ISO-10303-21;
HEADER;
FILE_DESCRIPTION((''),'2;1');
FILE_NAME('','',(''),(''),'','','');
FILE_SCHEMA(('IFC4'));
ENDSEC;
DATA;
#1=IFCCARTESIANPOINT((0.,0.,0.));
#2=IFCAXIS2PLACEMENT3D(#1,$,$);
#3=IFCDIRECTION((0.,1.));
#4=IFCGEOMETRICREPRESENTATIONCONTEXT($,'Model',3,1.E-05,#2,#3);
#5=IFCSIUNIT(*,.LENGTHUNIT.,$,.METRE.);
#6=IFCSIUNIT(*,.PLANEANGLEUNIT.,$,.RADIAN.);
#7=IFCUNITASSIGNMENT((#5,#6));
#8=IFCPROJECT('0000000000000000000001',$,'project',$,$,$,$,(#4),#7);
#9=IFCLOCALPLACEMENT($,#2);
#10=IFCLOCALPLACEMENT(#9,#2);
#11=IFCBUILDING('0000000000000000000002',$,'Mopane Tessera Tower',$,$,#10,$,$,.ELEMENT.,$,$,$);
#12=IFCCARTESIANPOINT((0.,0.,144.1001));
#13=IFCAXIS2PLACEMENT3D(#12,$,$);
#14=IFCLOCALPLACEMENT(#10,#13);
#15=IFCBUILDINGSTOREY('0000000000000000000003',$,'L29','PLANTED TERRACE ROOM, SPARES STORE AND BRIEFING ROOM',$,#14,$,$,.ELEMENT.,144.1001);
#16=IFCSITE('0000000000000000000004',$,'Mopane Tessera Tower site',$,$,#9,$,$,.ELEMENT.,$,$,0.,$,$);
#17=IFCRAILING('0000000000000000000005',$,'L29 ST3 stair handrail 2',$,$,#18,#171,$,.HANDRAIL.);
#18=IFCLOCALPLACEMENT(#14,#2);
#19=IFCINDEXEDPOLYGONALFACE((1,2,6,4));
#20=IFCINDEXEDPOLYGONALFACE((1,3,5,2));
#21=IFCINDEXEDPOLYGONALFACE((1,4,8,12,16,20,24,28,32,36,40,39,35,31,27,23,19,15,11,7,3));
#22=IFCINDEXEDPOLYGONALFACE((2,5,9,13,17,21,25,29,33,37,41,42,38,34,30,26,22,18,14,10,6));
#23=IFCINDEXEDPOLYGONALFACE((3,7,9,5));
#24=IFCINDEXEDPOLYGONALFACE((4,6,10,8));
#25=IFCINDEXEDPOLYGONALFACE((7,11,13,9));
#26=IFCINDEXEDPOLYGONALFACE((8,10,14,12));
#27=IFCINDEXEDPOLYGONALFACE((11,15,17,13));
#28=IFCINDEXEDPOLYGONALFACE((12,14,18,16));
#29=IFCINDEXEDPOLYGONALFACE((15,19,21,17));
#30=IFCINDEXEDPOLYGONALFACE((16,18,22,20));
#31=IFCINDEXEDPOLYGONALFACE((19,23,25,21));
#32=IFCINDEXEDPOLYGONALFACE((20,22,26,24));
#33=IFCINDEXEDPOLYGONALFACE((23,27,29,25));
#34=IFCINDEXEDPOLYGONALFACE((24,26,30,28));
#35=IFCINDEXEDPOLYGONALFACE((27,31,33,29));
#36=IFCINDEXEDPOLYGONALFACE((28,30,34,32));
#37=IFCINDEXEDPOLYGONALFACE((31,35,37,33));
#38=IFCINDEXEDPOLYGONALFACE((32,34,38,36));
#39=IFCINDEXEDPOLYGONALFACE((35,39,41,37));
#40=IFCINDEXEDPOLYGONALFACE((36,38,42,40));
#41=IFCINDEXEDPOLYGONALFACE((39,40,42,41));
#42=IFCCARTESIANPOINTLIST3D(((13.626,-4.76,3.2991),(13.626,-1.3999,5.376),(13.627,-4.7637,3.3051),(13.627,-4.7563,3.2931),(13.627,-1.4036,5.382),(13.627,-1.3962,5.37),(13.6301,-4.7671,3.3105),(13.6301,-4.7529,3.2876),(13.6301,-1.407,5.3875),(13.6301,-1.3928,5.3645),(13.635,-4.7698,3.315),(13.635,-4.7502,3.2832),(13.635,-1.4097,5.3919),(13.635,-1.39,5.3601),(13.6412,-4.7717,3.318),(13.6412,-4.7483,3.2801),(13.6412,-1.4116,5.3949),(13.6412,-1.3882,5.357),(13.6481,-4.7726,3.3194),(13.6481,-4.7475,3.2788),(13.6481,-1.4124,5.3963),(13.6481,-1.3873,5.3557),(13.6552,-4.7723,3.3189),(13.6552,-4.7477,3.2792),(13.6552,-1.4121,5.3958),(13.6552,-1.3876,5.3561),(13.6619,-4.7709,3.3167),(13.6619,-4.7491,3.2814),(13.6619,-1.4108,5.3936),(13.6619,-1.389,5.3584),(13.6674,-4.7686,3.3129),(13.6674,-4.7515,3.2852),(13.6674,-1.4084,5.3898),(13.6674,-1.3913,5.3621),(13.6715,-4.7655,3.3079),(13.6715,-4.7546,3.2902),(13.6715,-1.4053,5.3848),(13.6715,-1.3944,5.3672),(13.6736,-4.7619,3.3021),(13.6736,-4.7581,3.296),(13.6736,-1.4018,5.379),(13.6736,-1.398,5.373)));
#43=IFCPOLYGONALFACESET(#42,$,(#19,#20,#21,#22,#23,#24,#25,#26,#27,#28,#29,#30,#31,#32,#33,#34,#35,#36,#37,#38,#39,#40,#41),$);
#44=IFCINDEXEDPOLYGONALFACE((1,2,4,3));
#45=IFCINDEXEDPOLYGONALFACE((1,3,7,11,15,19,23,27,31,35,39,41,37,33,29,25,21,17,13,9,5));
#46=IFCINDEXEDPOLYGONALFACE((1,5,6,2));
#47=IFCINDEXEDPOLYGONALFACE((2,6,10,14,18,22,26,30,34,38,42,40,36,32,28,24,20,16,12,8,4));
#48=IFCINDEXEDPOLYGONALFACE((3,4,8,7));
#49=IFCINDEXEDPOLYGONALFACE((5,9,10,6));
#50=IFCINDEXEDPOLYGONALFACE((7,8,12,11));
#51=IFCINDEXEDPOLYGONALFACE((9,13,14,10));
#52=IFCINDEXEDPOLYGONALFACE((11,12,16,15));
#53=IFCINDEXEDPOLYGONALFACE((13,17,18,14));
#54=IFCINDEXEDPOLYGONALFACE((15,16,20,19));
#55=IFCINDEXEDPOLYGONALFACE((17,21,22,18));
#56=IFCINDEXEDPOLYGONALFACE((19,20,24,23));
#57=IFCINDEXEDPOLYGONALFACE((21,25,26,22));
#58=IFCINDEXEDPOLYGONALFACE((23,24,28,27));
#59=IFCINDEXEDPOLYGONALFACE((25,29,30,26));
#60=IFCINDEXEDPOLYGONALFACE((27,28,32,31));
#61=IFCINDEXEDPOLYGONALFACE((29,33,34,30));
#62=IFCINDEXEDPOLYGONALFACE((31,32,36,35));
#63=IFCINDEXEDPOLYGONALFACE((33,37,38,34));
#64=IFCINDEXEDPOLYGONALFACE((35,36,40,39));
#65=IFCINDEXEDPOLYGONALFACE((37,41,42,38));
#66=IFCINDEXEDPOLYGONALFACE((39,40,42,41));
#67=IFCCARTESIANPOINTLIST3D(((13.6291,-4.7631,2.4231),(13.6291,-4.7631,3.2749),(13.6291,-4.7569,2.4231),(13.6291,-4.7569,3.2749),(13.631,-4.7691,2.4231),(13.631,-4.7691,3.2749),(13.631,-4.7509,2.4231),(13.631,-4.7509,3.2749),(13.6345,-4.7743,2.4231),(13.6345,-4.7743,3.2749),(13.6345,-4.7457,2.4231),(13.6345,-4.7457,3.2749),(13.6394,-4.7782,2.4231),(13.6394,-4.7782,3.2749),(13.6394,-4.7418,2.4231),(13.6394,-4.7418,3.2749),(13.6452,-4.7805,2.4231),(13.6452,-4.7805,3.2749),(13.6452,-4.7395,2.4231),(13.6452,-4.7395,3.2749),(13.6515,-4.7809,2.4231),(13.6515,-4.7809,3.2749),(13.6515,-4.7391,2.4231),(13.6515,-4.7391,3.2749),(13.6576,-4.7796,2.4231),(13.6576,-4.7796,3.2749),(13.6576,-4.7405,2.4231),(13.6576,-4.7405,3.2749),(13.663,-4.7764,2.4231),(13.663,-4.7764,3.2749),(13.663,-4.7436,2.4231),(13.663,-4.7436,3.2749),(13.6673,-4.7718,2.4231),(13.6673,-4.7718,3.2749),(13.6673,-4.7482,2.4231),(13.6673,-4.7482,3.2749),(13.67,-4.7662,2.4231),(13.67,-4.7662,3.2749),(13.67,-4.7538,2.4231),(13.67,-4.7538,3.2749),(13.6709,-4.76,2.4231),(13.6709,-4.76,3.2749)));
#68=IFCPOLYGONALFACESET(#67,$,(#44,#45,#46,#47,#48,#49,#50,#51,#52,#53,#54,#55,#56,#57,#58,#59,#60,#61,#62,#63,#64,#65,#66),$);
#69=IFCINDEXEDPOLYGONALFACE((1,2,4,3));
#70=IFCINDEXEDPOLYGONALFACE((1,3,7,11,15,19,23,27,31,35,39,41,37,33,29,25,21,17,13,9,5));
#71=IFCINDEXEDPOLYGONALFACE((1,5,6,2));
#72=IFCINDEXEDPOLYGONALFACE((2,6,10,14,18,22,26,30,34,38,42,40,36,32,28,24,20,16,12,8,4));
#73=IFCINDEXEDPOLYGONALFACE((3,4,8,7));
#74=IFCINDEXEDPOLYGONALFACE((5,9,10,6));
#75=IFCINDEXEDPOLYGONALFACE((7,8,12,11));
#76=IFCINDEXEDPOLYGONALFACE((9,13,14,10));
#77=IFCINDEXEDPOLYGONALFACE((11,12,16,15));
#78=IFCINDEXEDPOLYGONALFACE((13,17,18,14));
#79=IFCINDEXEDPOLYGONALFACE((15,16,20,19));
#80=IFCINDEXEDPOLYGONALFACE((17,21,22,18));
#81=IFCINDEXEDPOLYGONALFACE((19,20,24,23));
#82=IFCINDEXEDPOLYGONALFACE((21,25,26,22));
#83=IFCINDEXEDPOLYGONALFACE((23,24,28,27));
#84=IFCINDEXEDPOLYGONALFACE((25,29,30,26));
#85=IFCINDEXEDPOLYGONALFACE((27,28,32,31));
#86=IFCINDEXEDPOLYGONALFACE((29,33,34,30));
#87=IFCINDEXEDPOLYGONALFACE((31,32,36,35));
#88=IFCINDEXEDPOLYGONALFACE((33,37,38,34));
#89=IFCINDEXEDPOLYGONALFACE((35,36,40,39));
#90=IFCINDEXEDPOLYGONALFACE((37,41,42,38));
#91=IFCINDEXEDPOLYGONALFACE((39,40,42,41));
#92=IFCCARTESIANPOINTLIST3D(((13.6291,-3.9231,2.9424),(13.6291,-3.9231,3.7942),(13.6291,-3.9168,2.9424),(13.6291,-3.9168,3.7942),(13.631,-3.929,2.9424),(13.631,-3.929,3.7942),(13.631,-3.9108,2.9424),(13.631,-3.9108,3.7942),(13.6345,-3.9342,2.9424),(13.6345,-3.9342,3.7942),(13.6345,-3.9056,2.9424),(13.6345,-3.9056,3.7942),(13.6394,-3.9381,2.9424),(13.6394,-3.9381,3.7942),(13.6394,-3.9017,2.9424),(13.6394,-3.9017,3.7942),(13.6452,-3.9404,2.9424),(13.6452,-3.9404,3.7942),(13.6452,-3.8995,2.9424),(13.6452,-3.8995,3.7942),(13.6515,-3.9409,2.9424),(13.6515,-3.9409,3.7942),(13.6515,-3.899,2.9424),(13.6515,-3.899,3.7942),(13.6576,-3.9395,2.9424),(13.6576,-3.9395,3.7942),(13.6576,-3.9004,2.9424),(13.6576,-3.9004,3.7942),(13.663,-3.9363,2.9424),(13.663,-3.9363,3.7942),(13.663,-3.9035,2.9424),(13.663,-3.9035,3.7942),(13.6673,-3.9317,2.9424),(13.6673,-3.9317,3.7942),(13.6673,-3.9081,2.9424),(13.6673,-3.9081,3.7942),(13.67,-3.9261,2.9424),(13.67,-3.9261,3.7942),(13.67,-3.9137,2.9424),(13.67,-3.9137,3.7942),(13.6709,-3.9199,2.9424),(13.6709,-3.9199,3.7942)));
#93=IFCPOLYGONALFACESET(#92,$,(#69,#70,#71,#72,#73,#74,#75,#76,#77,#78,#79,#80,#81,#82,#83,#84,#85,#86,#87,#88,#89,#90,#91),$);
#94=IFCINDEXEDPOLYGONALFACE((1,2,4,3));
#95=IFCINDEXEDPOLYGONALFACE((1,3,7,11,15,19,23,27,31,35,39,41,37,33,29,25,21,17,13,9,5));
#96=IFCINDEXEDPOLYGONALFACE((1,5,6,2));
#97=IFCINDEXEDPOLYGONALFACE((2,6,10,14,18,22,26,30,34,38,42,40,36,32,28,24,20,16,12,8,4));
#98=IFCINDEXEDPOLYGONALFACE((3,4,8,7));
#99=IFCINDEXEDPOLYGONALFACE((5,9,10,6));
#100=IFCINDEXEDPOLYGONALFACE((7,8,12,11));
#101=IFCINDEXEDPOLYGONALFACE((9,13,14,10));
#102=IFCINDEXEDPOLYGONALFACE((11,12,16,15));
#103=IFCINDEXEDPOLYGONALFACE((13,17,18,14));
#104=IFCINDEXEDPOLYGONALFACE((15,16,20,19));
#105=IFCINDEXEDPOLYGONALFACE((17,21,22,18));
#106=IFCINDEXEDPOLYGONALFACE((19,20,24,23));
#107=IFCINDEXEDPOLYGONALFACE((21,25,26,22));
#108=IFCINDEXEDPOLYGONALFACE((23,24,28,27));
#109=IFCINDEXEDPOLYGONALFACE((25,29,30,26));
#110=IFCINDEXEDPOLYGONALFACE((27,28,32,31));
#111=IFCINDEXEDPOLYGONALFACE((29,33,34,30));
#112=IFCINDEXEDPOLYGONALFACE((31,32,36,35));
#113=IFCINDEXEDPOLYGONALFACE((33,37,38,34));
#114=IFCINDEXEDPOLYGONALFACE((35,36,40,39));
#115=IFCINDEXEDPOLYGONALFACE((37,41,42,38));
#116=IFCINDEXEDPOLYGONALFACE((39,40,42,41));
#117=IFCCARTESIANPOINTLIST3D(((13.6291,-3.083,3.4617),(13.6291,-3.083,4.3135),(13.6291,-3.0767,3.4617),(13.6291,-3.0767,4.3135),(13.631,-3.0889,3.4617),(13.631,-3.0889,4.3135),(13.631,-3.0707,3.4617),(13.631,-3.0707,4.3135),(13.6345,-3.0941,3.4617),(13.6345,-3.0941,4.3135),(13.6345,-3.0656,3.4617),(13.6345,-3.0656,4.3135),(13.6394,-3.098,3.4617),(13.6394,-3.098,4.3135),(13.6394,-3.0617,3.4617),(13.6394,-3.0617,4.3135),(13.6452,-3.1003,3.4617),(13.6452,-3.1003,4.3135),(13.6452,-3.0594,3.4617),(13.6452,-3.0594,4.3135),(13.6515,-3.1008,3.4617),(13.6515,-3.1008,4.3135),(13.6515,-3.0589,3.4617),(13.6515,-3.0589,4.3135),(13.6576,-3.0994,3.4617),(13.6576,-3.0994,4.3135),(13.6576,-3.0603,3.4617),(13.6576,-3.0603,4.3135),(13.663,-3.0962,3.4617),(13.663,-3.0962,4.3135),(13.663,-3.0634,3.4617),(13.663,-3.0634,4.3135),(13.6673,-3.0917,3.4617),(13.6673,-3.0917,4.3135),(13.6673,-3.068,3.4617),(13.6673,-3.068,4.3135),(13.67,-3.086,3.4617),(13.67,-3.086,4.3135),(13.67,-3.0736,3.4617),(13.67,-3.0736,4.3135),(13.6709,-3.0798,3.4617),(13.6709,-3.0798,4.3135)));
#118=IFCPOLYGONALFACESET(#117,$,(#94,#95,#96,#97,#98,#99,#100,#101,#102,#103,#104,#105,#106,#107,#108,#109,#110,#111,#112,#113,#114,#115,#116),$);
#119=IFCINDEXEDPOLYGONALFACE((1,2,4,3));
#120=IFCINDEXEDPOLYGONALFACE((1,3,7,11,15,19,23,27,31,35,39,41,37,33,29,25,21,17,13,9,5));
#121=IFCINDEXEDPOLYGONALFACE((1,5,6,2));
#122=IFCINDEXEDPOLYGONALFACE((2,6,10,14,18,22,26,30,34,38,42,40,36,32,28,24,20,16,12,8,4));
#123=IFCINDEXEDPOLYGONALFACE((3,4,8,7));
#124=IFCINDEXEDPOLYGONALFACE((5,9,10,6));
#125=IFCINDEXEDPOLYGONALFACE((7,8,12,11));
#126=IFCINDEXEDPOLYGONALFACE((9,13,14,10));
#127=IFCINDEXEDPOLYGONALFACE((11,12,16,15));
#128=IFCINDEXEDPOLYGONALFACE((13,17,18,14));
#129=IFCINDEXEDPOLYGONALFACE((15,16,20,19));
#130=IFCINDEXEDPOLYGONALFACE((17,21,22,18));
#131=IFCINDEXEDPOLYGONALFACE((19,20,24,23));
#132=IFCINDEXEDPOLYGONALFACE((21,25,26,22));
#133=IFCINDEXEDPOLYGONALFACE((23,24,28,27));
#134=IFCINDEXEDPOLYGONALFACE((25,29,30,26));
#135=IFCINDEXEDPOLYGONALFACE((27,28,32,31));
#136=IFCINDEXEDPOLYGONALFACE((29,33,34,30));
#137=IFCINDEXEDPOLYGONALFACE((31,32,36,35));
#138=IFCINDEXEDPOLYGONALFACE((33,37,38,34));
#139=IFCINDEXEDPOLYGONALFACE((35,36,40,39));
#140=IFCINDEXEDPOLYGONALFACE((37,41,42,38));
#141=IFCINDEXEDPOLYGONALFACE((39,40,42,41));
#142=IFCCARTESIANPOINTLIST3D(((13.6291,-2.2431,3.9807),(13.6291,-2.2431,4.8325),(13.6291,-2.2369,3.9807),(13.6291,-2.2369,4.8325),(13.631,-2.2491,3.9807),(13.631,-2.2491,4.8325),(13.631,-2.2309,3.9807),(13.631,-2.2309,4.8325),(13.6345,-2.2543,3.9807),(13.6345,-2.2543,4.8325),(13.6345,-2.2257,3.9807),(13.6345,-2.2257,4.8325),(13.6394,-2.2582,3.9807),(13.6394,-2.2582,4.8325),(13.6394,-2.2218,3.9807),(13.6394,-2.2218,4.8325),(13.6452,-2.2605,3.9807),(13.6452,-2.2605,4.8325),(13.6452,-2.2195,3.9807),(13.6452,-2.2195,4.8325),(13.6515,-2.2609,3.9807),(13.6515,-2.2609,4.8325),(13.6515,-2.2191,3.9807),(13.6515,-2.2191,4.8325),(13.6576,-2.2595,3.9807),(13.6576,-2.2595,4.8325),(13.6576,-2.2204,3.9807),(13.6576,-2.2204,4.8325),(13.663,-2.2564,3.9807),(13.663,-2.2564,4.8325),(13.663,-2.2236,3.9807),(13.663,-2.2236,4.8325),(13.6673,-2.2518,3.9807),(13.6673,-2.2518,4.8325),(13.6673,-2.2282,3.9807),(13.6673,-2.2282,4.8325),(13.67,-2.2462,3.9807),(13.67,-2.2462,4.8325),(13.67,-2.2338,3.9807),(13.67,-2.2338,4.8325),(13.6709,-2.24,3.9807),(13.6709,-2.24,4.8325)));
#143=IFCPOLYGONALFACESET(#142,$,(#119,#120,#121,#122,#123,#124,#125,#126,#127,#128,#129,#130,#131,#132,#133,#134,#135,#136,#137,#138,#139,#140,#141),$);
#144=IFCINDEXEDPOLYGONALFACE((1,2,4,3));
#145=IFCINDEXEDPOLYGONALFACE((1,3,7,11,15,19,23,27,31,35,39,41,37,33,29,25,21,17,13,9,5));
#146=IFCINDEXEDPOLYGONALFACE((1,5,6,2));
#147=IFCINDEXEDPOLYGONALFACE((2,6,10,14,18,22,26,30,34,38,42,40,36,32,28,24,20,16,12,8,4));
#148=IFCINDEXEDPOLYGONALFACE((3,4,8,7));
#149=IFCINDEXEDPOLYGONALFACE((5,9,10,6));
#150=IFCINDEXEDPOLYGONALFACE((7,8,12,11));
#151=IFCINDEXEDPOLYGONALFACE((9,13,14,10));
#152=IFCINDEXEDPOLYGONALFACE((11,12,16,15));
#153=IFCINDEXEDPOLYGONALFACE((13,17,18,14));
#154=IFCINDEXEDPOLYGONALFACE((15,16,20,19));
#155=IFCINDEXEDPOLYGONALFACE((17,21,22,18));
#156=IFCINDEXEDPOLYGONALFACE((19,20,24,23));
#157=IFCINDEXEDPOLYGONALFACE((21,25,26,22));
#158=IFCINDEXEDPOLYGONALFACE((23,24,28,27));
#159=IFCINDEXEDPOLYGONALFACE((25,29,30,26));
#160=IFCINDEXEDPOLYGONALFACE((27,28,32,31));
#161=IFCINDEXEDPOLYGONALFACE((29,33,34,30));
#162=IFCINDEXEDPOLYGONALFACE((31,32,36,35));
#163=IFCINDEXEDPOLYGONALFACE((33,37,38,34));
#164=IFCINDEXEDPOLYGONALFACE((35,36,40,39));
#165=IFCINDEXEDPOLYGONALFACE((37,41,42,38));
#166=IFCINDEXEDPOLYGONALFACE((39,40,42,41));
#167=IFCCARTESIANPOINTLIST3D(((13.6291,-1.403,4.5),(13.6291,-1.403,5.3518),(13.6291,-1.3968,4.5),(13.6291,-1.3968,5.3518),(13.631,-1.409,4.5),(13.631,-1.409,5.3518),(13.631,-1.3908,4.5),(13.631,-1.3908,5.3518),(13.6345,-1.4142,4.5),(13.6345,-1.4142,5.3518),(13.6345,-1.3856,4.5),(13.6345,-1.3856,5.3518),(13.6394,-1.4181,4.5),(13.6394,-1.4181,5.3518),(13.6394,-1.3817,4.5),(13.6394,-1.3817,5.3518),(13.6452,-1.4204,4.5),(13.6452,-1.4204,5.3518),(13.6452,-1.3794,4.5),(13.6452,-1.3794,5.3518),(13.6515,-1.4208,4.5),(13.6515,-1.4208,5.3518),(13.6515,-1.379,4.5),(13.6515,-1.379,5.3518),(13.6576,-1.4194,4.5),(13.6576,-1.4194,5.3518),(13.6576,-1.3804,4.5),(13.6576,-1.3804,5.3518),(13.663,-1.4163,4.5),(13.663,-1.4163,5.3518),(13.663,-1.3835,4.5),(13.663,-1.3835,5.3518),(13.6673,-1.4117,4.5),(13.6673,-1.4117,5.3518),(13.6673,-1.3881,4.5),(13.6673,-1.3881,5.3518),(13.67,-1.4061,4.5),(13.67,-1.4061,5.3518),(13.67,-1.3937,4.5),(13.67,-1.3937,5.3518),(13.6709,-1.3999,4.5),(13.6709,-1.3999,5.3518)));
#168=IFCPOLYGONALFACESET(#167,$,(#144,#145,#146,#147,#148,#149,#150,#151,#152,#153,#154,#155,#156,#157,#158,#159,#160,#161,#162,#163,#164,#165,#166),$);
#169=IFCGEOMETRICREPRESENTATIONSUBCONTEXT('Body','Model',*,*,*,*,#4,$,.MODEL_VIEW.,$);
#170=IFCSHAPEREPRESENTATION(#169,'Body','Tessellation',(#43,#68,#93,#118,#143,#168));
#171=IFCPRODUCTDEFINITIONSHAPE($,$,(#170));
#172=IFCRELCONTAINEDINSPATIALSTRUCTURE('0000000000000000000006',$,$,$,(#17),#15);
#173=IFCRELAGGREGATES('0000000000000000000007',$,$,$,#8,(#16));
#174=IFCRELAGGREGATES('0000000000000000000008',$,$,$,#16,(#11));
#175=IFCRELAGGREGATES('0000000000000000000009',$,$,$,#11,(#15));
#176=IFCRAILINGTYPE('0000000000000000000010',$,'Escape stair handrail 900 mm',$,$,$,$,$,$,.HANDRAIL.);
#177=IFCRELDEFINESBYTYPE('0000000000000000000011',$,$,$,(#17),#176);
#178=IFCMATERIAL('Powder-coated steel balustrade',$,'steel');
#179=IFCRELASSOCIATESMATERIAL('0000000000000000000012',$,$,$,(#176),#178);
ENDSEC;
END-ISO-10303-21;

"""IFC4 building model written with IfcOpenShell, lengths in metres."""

from ifc_helpers import new_model, si_unit, direction, frame, origin, origin_2d, place, context, subcontext, project, spatial, circle, extrude, material, type_object, element, save


model = new_model("IFC4")

# Units and contexts
model_context = context("Model", 3, precision=1e-05, world=origin(), true_north=direction((0.0, 1.0)))
body_context = subcontext(model_context, "Body", "Model", "MODEL_VIEW")
ifc_project = project(units=[si_unit("LENGTHUNIT", "METRE"), si_unit("PLANEANGLEUNIT", "RADIAN")], contexts=[model_context])

# Site, building, storey
site_placement = place(None, origin())
site = spatial("IfcSite", under=ifc_project, at=site_placement, Name="Mopane Tessera Tower site", CompositionType="ELEMENT", RefElevation=0.0)
building_placement = place(site_placement, origin())
building = spatial("IfcBuilding", under=site, at=building_placement, Name="Mopane Tessera Tower", CompositionType="ELEMENT")
storey_placement = place(building_placement, frame((0.0, 0.0, 144.1001)))
storey = spatial("IfcBuildingStorey", under=building, at=storey_placement, Name="L29", Description="PLANTED TERRACE ROOM, SPARES STORE AND BRIEFING ROOM", CompositionType="ELEMENT", Elevation=144.1001)

# Railing
ifc_material_1 = material(Name="Powder-coated steel balustrade", Category="steel")
railing_type_1 = type_object("IfcRailingType", Name="Escape stair handrail 900 mm", PredefinedType="HANDRAIL", material=ifc_material_1)
railing_1_placement = place(storey_placement, frame((13.6499, -4.76, 2.4231)))
element("IfcRailing", 1, at=railing_1_placement, inside=storey, type_object=railing_type_1, Name="L29 ST3 stair handrail 2", PredefinedType="HANDRAIL", context=body_context, shape_type="SweptSolid", body=[
    extrude(circle(Radius=0.0239, at=origin_2d()), frame((0.0, 0.0, 0.876), z_axis=(0.0, 0.850623, 0.525776), x_axis=(-1.0, 0.0, 0.0)), (0.0, 0.0, 1.0), 3.9502),
    extrude(circle(Radius=0.021, at=origin_2d()), origin(), (0.0, 0.0, 1.0), 0.8518),
    extrude(circle(Radius=0.021, at=origin_2d()), frame((0.0, 0.8401, 0.5193)), (0.0, 0.0, 1.0), 0.8518),
    extrude(circle(Radius=0.021, at=origin_2d()), frame((0.0, 1.6802, 1.0386)), (0.0, 0.0, 1.0), 0.8518),
    extrude(circle(Radius=0.021, at=origin_2d()), frame((0.0, 2.52, 1.5576)), (0.0, 0.0, 1.0), 0.8518),
    extrude(circle(Radius=0.021, at=origin_2d()), frame((0.0, 3.3601, 2.0769)), (0.0, 0.0, 1.0), 0.8518),
])

save(model, "model.ifc")
